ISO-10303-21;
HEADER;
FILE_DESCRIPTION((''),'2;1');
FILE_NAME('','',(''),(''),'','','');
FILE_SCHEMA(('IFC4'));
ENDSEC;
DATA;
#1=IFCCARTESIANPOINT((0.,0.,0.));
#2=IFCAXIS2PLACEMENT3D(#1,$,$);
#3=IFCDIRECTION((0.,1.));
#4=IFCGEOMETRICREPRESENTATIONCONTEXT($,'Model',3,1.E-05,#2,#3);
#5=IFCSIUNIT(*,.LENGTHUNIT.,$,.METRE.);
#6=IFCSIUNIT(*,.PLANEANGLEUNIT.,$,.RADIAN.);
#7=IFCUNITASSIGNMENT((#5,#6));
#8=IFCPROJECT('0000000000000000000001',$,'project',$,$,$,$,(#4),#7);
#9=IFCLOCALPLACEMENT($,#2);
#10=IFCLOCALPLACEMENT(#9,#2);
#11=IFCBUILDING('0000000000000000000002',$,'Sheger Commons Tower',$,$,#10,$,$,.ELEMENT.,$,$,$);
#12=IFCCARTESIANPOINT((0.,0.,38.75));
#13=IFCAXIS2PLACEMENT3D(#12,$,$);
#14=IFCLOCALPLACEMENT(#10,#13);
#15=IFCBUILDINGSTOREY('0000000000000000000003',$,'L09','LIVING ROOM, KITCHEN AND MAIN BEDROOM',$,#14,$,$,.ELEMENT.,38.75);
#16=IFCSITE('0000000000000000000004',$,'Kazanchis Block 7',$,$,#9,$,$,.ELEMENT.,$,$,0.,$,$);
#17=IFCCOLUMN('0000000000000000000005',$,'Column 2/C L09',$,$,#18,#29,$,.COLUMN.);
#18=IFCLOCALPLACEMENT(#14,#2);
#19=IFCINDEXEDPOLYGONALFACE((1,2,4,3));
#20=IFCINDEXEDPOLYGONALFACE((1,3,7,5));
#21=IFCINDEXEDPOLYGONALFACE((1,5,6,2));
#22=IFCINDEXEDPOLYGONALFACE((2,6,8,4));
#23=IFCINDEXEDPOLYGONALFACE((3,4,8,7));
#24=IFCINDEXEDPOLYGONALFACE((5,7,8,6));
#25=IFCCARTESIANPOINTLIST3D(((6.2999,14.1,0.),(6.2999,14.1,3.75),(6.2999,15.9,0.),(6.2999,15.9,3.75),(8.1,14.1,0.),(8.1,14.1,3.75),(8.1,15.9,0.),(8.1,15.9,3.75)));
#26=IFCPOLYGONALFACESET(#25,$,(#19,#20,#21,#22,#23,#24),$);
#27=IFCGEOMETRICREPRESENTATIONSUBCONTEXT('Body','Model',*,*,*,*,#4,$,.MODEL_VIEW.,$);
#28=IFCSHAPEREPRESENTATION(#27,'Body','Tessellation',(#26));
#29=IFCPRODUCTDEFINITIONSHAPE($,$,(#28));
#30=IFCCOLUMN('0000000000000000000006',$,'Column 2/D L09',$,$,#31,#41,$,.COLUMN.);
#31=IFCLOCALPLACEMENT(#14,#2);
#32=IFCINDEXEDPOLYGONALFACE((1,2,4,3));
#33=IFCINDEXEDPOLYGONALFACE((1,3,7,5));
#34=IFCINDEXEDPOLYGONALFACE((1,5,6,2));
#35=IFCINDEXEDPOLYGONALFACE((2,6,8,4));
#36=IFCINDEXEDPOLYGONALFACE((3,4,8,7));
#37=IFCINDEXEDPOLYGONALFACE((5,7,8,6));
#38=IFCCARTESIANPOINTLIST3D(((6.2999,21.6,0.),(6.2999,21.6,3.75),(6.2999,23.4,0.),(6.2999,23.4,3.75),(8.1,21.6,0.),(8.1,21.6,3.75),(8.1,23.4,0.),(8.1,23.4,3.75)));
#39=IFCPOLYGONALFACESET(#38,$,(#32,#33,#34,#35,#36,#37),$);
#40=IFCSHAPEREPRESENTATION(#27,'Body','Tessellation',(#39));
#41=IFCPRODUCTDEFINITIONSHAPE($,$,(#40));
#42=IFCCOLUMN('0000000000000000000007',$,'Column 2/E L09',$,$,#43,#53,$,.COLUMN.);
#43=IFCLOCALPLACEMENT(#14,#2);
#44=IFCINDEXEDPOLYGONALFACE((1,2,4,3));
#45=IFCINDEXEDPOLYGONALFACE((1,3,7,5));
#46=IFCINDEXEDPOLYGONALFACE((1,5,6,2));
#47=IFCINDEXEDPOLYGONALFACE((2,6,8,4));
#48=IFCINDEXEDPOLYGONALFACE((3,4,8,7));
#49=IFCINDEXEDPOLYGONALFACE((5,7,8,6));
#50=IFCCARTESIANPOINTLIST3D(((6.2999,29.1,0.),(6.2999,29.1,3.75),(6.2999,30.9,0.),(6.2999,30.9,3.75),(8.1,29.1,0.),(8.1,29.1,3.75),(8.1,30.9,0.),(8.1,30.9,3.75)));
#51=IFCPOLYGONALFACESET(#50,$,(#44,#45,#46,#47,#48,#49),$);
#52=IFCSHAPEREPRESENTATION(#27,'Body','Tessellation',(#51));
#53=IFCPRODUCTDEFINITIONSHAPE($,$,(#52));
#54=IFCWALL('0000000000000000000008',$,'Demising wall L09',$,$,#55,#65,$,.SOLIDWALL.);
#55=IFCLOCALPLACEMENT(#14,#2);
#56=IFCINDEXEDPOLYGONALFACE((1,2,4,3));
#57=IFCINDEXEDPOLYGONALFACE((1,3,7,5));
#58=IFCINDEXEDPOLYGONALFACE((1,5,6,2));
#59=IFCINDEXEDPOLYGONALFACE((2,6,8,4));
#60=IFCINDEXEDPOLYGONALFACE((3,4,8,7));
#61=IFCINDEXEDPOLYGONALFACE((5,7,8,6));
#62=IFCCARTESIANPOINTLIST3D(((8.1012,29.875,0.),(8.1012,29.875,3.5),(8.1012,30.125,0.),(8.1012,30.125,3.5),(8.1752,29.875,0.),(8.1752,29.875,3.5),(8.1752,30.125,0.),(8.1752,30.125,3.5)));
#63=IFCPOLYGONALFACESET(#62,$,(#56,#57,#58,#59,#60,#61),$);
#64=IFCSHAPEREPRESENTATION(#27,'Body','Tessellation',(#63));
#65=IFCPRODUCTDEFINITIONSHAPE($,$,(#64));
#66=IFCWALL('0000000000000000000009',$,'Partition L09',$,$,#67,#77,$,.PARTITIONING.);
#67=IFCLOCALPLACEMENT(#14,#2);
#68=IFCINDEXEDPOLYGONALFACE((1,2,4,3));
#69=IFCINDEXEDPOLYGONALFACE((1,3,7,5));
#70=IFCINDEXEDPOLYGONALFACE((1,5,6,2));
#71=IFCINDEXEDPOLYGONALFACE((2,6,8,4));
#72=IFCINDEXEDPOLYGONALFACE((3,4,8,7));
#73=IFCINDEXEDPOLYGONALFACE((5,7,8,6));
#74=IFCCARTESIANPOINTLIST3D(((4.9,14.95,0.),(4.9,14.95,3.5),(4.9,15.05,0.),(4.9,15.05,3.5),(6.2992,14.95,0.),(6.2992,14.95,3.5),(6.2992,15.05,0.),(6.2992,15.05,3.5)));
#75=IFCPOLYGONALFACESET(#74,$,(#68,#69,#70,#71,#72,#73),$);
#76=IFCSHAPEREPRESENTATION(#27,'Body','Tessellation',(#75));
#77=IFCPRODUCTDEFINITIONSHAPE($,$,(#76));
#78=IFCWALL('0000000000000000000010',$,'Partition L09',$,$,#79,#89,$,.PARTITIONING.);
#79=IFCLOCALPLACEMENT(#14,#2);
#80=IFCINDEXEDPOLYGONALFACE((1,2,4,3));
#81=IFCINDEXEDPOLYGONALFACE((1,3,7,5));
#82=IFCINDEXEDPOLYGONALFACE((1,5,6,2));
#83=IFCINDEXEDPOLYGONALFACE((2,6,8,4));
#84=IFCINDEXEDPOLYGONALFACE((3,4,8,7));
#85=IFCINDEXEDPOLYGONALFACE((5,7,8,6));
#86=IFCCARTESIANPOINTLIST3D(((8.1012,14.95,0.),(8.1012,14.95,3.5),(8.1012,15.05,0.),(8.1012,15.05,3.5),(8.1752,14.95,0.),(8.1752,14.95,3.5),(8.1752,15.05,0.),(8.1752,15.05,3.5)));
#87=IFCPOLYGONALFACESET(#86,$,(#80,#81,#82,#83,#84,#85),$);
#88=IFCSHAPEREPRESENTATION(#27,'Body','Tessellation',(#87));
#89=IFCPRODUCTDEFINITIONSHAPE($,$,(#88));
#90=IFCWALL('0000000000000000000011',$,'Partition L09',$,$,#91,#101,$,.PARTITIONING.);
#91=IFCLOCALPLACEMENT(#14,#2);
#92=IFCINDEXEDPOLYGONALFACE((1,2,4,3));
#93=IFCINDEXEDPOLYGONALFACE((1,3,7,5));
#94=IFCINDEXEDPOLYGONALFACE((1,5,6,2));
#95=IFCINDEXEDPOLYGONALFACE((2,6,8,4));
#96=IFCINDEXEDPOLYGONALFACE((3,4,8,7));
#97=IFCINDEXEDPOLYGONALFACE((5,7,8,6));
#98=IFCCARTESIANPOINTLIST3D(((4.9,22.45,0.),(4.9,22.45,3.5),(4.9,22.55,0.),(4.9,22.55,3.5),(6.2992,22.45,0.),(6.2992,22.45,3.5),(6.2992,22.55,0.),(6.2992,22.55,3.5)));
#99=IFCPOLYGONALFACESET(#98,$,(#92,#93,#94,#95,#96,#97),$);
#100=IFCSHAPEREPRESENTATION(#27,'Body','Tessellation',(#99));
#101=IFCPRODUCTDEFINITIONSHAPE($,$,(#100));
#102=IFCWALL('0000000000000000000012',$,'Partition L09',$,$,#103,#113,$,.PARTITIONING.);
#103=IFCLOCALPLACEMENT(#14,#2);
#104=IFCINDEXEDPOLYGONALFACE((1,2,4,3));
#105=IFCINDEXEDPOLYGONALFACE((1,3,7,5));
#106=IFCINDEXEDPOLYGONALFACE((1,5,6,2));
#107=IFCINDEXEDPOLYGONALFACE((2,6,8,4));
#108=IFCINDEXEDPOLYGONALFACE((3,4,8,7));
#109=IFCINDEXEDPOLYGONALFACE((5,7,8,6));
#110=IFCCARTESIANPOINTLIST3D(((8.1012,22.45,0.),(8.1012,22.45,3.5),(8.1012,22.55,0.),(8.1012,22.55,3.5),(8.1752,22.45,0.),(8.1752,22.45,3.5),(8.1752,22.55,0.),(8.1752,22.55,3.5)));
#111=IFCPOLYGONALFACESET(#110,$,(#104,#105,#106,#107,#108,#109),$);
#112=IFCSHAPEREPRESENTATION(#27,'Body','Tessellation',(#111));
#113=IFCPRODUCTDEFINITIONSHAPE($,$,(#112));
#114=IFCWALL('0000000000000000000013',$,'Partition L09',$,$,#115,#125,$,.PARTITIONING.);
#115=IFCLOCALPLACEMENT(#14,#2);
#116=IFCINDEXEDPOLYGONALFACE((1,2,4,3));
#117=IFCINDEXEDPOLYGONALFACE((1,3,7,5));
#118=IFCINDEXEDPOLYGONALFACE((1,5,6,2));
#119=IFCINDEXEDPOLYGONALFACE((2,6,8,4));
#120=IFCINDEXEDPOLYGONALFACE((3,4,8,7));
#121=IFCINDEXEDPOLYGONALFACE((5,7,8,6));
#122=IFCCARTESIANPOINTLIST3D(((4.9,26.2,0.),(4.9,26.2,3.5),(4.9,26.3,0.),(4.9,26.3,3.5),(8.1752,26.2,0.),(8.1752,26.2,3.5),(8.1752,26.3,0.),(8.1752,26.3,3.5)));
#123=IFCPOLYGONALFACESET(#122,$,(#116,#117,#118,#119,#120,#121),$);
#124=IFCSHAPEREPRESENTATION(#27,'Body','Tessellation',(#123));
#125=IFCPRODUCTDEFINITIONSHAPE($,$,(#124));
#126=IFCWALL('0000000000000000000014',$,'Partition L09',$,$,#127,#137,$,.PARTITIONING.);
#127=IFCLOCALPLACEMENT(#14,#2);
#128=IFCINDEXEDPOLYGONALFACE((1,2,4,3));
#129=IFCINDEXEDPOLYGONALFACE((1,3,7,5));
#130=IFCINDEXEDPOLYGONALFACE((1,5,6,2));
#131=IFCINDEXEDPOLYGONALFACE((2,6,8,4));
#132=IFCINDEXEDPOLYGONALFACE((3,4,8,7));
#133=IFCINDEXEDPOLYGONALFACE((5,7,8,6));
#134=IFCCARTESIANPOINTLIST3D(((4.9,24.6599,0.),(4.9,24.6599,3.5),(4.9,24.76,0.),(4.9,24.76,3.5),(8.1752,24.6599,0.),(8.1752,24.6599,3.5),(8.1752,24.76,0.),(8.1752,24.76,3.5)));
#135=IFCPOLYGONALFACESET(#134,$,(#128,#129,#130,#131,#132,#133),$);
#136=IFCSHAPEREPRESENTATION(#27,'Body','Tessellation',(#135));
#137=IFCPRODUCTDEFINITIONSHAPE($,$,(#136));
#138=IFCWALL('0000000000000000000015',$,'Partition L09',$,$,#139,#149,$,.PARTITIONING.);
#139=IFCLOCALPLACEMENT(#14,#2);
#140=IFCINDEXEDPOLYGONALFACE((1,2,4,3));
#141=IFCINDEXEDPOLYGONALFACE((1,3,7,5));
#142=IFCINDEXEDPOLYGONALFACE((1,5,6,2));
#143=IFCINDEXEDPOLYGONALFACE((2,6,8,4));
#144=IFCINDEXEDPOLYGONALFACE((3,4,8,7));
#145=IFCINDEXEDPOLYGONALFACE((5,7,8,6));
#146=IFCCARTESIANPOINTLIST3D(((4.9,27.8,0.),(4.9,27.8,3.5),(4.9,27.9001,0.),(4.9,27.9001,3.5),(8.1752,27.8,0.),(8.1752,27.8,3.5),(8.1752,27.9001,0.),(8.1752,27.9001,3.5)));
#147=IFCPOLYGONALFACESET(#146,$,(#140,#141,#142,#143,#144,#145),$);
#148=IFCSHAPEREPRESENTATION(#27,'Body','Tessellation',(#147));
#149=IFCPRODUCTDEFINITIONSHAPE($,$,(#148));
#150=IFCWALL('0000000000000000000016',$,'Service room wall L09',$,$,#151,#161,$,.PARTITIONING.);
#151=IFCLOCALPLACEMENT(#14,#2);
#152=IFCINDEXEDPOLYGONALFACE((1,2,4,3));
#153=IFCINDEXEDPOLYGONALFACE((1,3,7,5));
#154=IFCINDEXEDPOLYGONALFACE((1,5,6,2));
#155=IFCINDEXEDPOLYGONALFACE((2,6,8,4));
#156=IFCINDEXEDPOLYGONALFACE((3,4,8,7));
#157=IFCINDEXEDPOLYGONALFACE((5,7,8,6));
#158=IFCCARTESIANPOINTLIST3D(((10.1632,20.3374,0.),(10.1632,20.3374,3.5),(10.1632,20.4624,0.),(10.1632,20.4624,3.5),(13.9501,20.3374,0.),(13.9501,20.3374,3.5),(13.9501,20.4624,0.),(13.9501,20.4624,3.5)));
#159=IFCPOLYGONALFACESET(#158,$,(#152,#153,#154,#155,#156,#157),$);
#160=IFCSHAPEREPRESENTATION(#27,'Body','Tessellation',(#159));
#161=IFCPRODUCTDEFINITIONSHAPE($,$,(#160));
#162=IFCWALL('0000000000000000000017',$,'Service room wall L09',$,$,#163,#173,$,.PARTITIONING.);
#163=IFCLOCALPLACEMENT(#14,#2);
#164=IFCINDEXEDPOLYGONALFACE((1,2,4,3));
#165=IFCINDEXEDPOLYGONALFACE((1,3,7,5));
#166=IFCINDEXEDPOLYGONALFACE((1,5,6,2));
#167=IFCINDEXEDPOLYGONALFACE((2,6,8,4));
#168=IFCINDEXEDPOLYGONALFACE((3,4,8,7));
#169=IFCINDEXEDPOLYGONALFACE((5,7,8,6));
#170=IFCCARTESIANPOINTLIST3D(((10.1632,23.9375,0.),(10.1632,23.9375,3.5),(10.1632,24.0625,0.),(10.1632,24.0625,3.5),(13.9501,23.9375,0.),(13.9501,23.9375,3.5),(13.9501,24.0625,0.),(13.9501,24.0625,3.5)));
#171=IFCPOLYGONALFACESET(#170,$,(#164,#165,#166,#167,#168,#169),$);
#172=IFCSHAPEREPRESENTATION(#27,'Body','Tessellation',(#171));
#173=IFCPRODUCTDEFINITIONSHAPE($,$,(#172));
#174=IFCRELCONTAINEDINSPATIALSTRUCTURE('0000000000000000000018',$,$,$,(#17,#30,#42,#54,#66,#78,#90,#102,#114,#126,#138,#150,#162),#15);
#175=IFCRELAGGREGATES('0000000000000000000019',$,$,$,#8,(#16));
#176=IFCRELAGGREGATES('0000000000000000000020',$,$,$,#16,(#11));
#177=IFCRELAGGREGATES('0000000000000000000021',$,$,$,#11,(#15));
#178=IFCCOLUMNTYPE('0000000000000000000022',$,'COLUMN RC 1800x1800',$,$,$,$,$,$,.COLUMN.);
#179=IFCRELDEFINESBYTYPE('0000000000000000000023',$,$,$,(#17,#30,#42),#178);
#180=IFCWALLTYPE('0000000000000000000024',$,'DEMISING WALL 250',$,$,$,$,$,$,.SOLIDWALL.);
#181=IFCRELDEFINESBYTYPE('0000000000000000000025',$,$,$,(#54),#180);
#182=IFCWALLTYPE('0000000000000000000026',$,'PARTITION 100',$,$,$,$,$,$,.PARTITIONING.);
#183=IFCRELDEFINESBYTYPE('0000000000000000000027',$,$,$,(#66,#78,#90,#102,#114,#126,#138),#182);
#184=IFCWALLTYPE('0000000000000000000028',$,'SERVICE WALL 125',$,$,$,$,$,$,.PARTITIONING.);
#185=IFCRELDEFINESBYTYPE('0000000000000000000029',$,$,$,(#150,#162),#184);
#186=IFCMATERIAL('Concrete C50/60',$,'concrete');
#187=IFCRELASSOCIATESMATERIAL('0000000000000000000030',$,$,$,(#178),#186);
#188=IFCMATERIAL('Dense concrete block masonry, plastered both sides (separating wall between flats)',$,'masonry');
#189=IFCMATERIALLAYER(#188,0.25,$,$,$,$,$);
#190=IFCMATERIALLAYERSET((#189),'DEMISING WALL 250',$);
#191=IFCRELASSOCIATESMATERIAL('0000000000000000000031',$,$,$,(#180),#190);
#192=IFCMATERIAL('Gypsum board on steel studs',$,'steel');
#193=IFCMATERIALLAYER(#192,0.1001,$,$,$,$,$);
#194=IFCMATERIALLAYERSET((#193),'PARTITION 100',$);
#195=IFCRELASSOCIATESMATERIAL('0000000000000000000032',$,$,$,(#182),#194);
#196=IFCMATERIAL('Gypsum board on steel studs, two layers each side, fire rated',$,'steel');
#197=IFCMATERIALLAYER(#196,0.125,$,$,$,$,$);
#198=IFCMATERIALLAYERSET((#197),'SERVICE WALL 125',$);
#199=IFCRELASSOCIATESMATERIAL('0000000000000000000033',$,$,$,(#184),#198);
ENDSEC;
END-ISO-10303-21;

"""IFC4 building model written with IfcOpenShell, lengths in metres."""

from ifc_helpers import new_model, si_unit, direction, frame, frame_2d, origin, origin_2d, place, context, subcontext, project, spatial, rectangle, extrude, material, layer, layer_set, material_profile, profile_set, type_object, element, save


model = new_model("IFC4")

# Units and contexts
model_context = context("Model", 3, precision=1e-05, world=origin(), true_north=direction((0.0, 1.0)))
body_context = subcontext(model_context, "Body", "Model", "MODEL_VIEW")
ifc_project = project(units=[si_unit("LENGTHUNIT", "METRE"), si_unit("PLANEANGLEUNIT", "RADIAN")], contexts=[model_context])

# Site, building, storey
site_placement = place(None, origin())
site = spatial("IfcSite", under=ifc_project, at=site_placement, Name="Kazanchis Block 7", CompositionType="ELEMENT", RefElevation=0.0)
building_placement = place(site_placement, origin())
building = spatial("IfcBuilding", under=site, at=building_placement, Name="Sheger Commons Tower", CompositionType="ELEMENT")
storey_placement = place(building_placement, frame((0.0, 0.0, 38.75)))
storey = spatial("IfcBuildingStorey", under=building, at=storey_placement, Name="L09", Description="LIVING ROOM, KITCHEN AND MAIN BEDROOM", CompositionType="ELEMENT", Elevation=38.75)

# Columns
ifc_material_1 = material(Name="Concrete C50/60", Category="concrete")
ifc_material_profile = material_profile(ifc_material_1, rectangle(XDim=1.8, YDim=1.8, at=origin_2d()), Name="RC 1800x1800")
ifc_profile_set = profile_set([ifc_material_profile], Name="Concrete C50/60")
column_type = type_object("IfcColumnType", Name="COLUMN RC 1800x1800", PredefinedType="COLUMN", material=ifc_profile_set)
for number, where, z_axis, x_axis, name in (
    (1, (7.2, 15.0, 0.0), (0.0, 0.0, 1.0), (1.0, 0.0, 0.0), "Column 2/C L09"),
    (2, (7.2, 22.5, 0.0), (0.0, 0.0, 1.0), (1.0, 0.0, 0.0), "Column 2/D L09"),
    (3, (7.2, 30.0, 0.0), (0.0, 0.0, 1.0), (1.0, 0.0, 0.0), "Column 2/E L09"),
):
    element("IfcColumn", number, at=place(storey_placement, frame(where, z_axis=z_axis, x_axis=x_axis)), inside=storey, type_object=column_type, Name=name, PredefinedType="COLUMN", context=body_context, shape_type="SweptSolid", body=[
        extrude(rectangle(XDim=1.8, YDim=1.8, at=origin_2d()), origin(), (0.0, 0.0, 1.0), 3.75),
    ])

# Walls
ifc_material_2 = material(Name="Dense concrete block masonry, plastered both sides (separating wall between flats)", Category="masonry")
ifc_layer_1 = layer(ifc_material_2, 0.25)
ifc_layer_set_1 = layer_set([ifc_layer_1], Name="DEMISING WALL 250")
wall_type_1 = type_object("IfcWallType", Name="DEMISING WALL 250", PredefinedType="SOLIDWALL", material=ifc_layer_set_1)
wall_1_placement = place(storey_placement, frame((8.1011, 30.0, 0.0), z_axis=(0.0, 0.0, 1.0), x_axis=(1.0, 0.0, 0.0)))
element("IfcWall", 4, at=wall_1_placement, inside=storey, type_object=wall_type_1, Name="Demising wall L09", PredefinedType="SOLIDWALL", context=body_context, shape_type="SweptSolid", body=[
    extrude(rectangle(XDim=0.074, YDim=0.25, at=frame_2d((0.0371, 0.0))), origin(), (0.0, 0.0, 1.0), 3.5),
])
ifc_material_3 = material(Name="Gypsum board on steel studs", Category="steel")
ifc_layer_2 = layer(ifc_material_3, 0.1001)
ifc_layer_set_2 = layer_set([ifc_layer_2], Name="PARTITION 100")
wall_type_2 = type_object("IfcWallType", Name="PARTITION 100", PredefinedType="PARTITIONING", material=ifc_layer_set_2)
wall_2_placement = place(storey_placement, frame((4.8999, 15.0, 0.0), z_axis=(0.0, 0.0, 1.0), x_axis=(1.0, 0.0, 0.0)))
element("IfcWall", 5, at=wall_2_placement, inside=storey, type_object=wall_type_2, Name="Partition L09", PredefinedType="PARTITIONING", context=body_context, shape_type="SweptSolid", body=[
    extrude(rectangle(XDim=1.3992, YDim=0.1001, at=frame_2d((0.6997, 0.0))), origin(), (0.0, 0.0, 1.0), 3.5),
])
wall_3_placement = place(storey_placement, frame((8.1011, 15.0, 0.0), z_axis=(0.0, 0.0, 1.0), x_axis=(1.0, 0.0, 0.0)))
element("IfcWall", 6, at=wall_3_placement, inside=storey, type_object=wall_type_2, Name="Partition L09", PredefinedType="PARTITIONING", context=body_context, shape_type="SweptSolid", body=[
    extrude(rectangle(XDim=0.074, YDim=0.1001, at=frame_2d((0.0371, 0.0))), origin(), (0.0, 0.0, 1.0), 3.5),
])
wall_4_placement = place(storey_placement, frame((4.8999, 22.5, 0.0), z_axis=(0.0, 0.0, 1.0), x_axis=(1.0, 0.0, 0.0)))
element("IfcWall", 7, at=wall_4_placement, inside=storey, type_object=wall_type_2, Name="Partition L09", PredefinedType="PARTITIONING", context=body_context, shape_type="SweptSolid", body=[
    extrude(rectangle(XDim=1.3992, YDim=0.1001, at=frame_2d((0.6997, 0.0))), origin(), (0.0, 0.0, 1.0), 3.5),
])
wall_5_placement = place(storey_placement, frame((8.1011, 22.5, 0.0), z_axis=(0.0, 0.0, 1.0), x_axis=(1.0, 0.0, 0.0)))
element("IfcWall", 8, at=wall_5_placement, inside=storey, type_object=wall_type_2, Name="Partition L09", PredefinedType="PARTITIONING", context=body_context, shape_type="SweptSolid", body=[
    extrude(rectangle(XDim=0.074, YDim=0.1001, at=frame_2d((0.0371, 0.0))), origin(), (0.0, 0.0, 1.0), 3.5),
])
for number, where, z_axis, x_axis, name in (
    (9, (4.8999, 26.25, 0.0), (0.0, 0.0, 1.0), (1.0, 0.0, 0.0), "Partition L09"),
    (10, (4.8999, 24.71, 0.0), (0.0, 0.0, 1.0), (1.0, 0.0, 0.0), "Partition L09"),
    (11, (4.8999, 27.8501, 0.0), (0.0, 0.0, 1.0), (1.0, 0.0, 0.0), "Partition L09"),
):
    element("IfcWall", number, at=place(storey_placement, frame(where, z_axis=z_axis, x_axis=x_axis)), inside=storey, type_object=wall_type_2, Name=name, PredefinedType="PARTITIONING", context=body_context, shape_type="SweptSolid", body=[
        extrude(rectangle(XDim=3.2751, YDim=0.1001, at=frame_2d((1.6377, 0.0))), origin(), (0.0, 0.0, 1.0), 3.5),
    ])
ifc_material_4 = material(Name="Gypsum board on steel studs, two layers each side, fire rated", Category="steel")
ifc_layer_3 = layer(ifc_material_4, 0.125)
ifc_layer_set_3 = layer_set([ifc_layer_3], Name="SERVICE WALL 125")
wall_type_3 = type_object("IfcWallType", Name="SERVICE WALL 125", PredefinedType="PARTITIONING", material=ifc_layer_set_3)
for number, where, z_axis, x_axis, name in (
    (12, (10.1631, 20.3999, 0.0), (0.0, 0.0, 1.0), (1.0, 0.0, 0.0), "Service room wall L09"),
    (13, (10.1631, 24.0, 0.0), (0.0, 0.0, 1.0), (1.0, 0.0, 0.0), "Service room wall L09"),
):
    element("IfcWall", number, at=place(storey_placement, frame(where, z_axis=z_axis, x_axis=x_axis)), inside=storey, type_object=wall_type_3, Name=name, PredefinedType="PARTITIONING", context=body_context, shape_type="SweptSolid", body=[
        extrude(rectangle(XDim=3.7869, YDim=0.125, at=frame_2d((1.8936, 0.0))), origin(), (0.0, 0.0, 1.0), 3.5),
    ])

save(model, "model.ifc")
